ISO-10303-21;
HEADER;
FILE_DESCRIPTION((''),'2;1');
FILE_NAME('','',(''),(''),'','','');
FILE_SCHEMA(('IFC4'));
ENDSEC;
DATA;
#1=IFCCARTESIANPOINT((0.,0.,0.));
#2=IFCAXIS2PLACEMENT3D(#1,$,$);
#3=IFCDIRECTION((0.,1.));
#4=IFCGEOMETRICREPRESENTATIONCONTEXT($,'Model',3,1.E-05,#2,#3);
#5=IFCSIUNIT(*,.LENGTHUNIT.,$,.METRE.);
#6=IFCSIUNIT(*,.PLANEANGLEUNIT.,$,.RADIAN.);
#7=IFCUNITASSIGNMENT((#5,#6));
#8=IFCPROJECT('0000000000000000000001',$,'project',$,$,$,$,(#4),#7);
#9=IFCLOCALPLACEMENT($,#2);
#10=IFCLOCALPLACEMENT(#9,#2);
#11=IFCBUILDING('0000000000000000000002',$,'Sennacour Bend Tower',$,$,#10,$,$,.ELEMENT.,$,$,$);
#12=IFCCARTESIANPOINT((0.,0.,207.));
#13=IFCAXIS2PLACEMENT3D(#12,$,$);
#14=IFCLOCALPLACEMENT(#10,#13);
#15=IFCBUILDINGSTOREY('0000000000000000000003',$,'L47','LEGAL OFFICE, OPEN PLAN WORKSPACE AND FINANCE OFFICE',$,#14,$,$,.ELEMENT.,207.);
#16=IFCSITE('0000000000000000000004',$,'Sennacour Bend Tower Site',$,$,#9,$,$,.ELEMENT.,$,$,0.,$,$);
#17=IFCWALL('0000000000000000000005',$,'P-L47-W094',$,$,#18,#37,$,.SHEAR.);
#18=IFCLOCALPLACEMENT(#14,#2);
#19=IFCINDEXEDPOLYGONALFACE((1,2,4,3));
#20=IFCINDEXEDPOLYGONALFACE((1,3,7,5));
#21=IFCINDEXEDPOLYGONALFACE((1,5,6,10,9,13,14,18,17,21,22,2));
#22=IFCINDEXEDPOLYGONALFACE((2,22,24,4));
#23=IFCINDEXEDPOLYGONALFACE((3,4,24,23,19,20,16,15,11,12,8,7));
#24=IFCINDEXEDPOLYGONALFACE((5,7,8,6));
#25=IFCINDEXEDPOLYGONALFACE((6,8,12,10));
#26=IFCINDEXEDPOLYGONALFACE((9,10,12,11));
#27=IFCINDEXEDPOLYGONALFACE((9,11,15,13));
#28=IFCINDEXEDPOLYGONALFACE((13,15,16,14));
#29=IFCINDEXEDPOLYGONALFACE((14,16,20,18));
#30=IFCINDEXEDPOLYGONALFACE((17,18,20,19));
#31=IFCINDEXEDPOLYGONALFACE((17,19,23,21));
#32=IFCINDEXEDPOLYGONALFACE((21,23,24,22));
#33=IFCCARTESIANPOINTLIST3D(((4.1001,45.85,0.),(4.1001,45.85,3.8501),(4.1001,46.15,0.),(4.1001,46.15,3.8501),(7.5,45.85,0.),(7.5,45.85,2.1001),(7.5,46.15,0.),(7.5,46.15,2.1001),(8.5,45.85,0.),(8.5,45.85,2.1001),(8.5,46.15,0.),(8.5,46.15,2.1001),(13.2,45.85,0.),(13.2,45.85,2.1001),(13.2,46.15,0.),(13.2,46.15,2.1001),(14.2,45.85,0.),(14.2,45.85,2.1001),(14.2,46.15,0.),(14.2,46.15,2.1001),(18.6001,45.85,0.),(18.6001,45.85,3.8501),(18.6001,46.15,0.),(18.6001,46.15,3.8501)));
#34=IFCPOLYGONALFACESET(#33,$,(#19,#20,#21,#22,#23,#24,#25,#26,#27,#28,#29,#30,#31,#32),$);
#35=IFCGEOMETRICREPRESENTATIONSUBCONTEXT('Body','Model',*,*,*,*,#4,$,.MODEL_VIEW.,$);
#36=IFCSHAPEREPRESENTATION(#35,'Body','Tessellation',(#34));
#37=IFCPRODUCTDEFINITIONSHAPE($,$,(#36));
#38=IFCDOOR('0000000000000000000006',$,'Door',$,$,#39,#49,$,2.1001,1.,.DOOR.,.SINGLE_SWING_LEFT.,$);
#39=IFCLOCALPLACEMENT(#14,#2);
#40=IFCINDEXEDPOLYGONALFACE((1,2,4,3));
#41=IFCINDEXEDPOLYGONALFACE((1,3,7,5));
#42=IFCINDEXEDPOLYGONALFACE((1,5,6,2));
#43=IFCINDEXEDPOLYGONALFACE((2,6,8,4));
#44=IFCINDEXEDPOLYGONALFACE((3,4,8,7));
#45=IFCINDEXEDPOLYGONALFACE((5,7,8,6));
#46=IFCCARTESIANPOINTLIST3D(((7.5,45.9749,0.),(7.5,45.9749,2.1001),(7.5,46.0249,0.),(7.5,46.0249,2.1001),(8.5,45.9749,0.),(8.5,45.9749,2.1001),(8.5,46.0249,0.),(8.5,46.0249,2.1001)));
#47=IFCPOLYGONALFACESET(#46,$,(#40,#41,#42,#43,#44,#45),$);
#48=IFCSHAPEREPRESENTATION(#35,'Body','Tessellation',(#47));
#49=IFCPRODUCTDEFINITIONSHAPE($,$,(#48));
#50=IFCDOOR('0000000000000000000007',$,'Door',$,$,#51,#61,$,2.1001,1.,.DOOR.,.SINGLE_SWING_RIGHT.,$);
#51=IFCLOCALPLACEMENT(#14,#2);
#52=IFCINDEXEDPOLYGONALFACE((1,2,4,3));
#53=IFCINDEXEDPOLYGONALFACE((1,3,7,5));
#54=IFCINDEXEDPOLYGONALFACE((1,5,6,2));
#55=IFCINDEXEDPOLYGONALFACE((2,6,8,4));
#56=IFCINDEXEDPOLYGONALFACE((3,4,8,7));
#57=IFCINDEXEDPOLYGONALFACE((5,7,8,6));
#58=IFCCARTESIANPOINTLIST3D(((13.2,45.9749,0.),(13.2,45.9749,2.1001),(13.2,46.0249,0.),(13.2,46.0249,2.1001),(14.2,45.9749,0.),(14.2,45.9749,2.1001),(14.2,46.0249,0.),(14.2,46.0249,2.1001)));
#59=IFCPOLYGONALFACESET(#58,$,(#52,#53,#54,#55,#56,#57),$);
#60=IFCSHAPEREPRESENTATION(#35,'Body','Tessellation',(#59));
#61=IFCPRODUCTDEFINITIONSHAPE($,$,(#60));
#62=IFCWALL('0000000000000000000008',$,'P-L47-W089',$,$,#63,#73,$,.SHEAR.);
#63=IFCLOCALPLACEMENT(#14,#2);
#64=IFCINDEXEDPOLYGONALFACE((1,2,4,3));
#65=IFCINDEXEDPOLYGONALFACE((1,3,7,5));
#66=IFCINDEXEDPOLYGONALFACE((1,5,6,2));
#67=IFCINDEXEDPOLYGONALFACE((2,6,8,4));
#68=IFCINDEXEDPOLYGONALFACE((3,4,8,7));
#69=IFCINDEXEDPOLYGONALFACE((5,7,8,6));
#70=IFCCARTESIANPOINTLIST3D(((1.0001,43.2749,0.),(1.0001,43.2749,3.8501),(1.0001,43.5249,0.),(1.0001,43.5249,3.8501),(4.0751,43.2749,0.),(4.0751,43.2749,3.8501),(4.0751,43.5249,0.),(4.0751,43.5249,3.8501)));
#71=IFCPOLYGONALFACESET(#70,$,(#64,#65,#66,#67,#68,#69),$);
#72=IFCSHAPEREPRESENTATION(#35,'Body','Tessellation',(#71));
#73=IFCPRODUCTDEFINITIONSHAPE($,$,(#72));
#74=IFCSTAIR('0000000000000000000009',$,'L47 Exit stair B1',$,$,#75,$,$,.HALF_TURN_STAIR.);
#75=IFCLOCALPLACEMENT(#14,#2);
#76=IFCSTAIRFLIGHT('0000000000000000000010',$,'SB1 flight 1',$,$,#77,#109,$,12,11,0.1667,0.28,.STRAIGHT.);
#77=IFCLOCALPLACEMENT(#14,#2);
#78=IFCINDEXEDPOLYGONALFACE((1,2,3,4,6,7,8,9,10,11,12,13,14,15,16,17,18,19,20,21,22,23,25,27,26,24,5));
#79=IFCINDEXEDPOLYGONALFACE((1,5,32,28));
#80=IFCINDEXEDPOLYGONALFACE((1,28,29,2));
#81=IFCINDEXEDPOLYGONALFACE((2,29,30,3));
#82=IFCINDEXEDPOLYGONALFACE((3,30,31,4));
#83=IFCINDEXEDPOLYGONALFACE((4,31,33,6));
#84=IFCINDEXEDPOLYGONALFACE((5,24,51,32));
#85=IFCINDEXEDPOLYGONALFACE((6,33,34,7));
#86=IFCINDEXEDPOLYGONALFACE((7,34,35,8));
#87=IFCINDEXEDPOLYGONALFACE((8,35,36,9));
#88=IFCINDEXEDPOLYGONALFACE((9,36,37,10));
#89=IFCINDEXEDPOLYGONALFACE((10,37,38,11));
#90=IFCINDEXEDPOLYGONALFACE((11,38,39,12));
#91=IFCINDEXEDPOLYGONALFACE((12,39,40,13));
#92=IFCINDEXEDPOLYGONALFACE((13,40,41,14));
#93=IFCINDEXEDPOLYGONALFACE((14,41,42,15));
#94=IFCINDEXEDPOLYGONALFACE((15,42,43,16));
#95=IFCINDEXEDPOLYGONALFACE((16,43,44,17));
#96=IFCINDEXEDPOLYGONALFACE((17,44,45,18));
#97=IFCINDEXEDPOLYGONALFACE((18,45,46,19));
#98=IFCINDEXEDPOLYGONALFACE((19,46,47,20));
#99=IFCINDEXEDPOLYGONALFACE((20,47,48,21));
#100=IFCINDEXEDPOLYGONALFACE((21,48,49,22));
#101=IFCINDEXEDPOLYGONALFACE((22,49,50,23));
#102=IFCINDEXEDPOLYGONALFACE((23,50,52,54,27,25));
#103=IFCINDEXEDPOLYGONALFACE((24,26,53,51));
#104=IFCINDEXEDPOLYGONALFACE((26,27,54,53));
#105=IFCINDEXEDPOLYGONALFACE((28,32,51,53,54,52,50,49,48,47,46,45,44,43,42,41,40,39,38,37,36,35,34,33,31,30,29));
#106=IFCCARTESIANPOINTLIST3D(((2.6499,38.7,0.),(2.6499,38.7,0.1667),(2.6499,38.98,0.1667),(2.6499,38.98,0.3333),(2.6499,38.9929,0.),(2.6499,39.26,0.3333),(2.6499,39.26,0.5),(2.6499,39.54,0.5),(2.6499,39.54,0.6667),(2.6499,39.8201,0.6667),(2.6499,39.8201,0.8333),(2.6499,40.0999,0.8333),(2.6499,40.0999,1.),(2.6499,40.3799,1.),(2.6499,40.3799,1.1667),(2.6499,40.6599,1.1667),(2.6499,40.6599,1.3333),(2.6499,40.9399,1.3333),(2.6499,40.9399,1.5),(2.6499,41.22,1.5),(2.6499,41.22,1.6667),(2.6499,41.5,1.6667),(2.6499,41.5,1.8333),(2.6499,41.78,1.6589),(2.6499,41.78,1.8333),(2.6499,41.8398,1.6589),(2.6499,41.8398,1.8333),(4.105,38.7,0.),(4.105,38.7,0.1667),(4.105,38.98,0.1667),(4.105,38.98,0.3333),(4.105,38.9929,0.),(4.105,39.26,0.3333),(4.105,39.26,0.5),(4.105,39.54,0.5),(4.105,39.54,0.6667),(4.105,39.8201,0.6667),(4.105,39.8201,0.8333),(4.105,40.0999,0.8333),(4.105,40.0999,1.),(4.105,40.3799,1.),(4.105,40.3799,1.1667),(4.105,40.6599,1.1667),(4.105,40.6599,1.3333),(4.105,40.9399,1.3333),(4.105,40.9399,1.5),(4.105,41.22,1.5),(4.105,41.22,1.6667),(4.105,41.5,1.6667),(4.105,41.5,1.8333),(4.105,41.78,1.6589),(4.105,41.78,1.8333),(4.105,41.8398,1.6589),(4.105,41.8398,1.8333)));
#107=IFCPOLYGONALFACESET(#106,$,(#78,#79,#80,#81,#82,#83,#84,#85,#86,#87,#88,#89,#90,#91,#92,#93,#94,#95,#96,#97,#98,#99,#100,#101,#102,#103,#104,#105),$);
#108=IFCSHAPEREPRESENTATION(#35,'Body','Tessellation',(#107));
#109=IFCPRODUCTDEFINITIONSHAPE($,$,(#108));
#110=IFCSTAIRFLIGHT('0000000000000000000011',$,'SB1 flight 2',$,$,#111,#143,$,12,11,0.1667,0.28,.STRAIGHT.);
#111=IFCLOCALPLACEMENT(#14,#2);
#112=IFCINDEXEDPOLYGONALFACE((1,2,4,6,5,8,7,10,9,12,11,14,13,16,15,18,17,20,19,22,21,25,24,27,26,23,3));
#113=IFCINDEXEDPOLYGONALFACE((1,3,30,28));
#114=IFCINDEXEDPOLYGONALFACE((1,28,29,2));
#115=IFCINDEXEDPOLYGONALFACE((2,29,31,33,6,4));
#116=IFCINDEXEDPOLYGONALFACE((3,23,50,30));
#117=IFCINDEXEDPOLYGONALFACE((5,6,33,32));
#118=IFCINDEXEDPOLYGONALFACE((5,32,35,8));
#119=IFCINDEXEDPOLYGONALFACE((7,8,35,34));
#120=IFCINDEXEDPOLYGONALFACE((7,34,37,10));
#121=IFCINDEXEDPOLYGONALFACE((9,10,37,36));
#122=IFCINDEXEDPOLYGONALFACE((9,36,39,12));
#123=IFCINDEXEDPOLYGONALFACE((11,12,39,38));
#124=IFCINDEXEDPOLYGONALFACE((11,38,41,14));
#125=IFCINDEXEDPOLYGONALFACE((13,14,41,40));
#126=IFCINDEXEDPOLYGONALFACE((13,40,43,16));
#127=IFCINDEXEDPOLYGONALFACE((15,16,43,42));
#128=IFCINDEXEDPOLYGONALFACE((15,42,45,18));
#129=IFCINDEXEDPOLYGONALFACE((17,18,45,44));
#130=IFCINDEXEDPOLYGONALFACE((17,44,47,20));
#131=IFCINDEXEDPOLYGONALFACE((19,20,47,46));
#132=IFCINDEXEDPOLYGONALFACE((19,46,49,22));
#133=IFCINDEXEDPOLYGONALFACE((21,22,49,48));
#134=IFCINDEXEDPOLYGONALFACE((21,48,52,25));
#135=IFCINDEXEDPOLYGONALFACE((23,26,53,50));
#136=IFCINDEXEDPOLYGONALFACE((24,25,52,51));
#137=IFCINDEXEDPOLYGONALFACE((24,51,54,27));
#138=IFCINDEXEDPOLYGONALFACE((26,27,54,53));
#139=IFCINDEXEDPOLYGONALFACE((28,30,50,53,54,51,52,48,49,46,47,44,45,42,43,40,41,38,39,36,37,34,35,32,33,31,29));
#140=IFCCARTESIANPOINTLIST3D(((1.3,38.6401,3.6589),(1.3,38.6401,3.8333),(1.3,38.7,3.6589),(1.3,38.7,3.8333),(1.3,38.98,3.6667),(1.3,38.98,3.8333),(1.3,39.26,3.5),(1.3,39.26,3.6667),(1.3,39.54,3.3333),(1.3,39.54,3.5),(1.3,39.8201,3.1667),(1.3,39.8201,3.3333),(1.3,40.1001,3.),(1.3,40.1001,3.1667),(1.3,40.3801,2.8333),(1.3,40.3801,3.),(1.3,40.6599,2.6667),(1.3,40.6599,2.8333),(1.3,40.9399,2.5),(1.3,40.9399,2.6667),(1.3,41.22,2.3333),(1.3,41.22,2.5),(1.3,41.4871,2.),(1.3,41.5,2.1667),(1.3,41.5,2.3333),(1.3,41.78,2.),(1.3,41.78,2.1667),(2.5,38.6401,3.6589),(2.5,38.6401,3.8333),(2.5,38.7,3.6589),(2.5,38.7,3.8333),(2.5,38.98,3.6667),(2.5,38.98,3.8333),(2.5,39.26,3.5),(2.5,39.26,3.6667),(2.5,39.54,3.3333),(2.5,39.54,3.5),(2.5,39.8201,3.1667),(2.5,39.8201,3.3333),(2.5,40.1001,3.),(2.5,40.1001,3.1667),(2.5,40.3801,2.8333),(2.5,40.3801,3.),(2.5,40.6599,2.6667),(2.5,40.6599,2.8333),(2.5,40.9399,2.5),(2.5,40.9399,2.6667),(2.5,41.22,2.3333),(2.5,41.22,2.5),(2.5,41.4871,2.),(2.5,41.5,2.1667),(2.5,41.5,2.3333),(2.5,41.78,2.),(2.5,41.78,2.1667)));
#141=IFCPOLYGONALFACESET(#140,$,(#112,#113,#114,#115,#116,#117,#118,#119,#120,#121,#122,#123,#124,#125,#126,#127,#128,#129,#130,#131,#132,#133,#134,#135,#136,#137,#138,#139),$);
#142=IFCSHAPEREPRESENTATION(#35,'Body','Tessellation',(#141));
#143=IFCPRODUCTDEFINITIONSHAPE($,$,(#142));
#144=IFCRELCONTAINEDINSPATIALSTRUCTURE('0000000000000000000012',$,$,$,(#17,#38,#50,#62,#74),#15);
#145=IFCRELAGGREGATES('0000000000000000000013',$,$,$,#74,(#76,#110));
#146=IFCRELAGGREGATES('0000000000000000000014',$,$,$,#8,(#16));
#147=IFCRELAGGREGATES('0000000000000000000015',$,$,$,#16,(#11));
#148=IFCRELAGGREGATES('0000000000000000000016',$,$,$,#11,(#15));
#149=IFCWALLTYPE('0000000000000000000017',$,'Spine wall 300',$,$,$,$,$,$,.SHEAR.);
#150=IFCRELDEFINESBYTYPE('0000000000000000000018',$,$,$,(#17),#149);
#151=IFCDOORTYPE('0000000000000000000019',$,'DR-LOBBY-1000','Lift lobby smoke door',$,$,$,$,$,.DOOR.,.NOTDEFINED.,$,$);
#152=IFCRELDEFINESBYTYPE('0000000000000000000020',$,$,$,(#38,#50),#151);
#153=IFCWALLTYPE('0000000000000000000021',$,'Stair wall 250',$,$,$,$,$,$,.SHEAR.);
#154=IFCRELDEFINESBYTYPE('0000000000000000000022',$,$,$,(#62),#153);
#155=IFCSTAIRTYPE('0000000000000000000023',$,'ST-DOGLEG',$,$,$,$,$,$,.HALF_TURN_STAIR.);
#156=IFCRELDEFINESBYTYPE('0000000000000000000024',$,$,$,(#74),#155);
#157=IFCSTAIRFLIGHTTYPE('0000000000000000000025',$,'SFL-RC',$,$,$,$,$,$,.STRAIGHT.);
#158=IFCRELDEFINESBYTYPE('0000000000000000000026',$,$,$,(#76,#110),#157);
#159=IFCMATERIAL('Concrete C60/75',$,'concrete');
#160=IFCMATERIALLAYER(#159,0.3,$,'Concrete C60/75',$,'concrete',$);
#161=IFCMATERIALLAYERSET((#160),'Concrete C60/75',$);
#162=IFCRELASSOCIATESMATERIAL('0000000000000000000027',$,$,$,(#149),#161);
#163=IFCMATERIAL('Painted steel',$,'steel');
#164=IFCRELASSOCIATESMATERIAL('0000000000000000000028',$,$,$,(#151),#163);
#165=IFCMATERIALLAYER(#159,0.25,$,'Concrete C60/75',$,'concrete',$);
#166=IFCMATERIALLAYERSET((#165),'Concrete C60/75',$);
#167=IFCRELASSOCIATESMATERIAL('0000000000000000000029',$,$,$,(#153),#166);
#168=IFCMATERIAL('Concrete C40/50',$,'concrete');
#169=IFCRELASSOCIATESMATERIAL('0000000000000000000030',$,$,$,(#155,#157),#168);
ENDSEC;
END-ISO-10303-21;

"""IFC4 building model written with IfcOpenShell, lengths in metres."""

from ifc_helpers import new_model, si_unit, direction, frame, frame_2d, origin, place, context, subcontext, project, spatial, polyline, rectangle, outline, extrude, material, layer, layer_set, type_object, element, fill, aggregate, save


model = new_model("IFC4")

# Units and contexts
model_context = context("Model", 3, precision=1e-05, world=origin(), true_north=direction((0.0, 1.0)))
body_context = subcontext(model_context, "Body", "Model", "MODEL_VIEW")
ifc_project = project(units=[si_unit("LENGTHUNIT", "METRE"), si_unit("PLANEANGLEUNIT", "RADIAN")], contexts=[model_context])

# Site, building, storey
site_placement = place(None, origin())
site = spatial("IfcSite", under=ifc_project, at=site_placement, Name="Sennacour Bend Tower Site", CompositionType="ELEMENT", RefElevation=0.0)
building_placement = place(site_placement, origin())
building = spatial("IfcBuilding", under=site, at=building_placement, Name="Sennacour Bend Tower", CompositionType="ELEMENT")
storey_placement = place(building_placement, frame((0.0, 0.0, 207.0)))
storey = spatial("IfcBuildingStorey", under=building, at=storey_placement, Name="L47", Description="LEGAL OFFICE, OPEN PLAN WORKSPACE AND FINANCE OFFICE", CompositionType="ELEMENT", Elevation=207.0)

# Shared definitions
ifc_material_1 = material(Name="Concrete C60/75", Category="concrete")

# Shared definitions
ifc_material_2 = material(Name="Painted steel", Category="steel")

# Wall, openings, doors
ifc_layer_1 = layer(ifc_material_1, 0.3, Name="Concrete C60/75", Category="concrete")
ifc_layer_set_1 = layer_set([ifc_layer_1], Name="Concrete C60/75")
wall_type_1 = type_object("IfcWallType", Name="Spine wall 300", PredefinedType="SHEAR", material=ifc_layer_set_1)
wall_1_placement = place(storey_placement, frame((4.1001, 46.0, 0.0), z_axis=(0.0, 0.0, 1.0), x_axis=(1.0, 0.0, 0.0)))
wall_1 = element("IfcWall", 1, at=wall_1_placement, inside=storey, type_object=wall_type_1, Name="P-L47-W094", PredefinedType="SHEAR", context=body_context, shape_type="SweptSolid", body=[
    extrude(rectangle(XDim=14.5, YDim=0.3, at=frame_2d((7.25, 0.0))), origin(), (0.0, 0.0, 1.0), 3.8501),
])
opening_1_placement = place(wall_1_placement, frame((3.3999, 0.0, 0.0)))
opening_1 = element("IfcOpeningElement", 2, at=opening_1_placement, cuts=wall_1, PredefinedType="OPENING", context=body_context, shape_type="SweptSolid", body=[
    extrude(rectangle(XDim=1.0, YDim=2.1001, at=frame_2d((0.5, 1.05))), frame((0.0, 0.1602, 0.0), z_axis=(0.0, -1.0, 0.0), x_axis=(1.0, 0.0, 0.0)), (0.0, 0.0, 1.0), 0.3201),
])
opening_2_placement = place(wall_1_placement, frame((9.0999, 0.0, 0.0)))
opening_2 = element("IfcOpeningElement", 3, at=opening_2_placement, cuts=wall_1, PredefinedType="OPENING", context=body_context, shape_type="SweptSolid", body=[
    extrude(rectangle(XDim=1.0, YDim=2.1001, at=frame_2d((0.5, 1.05))), frame((0.0, 0.1602, 0.0), z_axis=(0.0, -1.0, 0.0), x_axis=(1.0, 0.0, 0.0)), (0.0, 0.0, 1.0), 0.3201),
])
door_type_1 = type_object("IfcDoorType", Name="DR-LOBBY-1000", Description="Lift lobby smoke door", OperationType="NOTDEFINED", PredefinedType="DOOR", material=ifc_material_2)
door_1_placement = place(opening_1_placement, origin())
door_1 = element("IfcDoor", 4, at=door_1_placement, inside=storey, type_object=door_type_1, Name="Door", OperationType="SINGLE_SWING_LEFT", OverallHeight=2.1001, OverallWidth=1.0, PredefinedType="DOOR", context=body_context, shape_type="SweptSolid", body=[
    extrude(rectangle(XDim=1.0, YDim=2.1001, at=frame_2d((0.5, 1.05))), frame((0.0, 0.0249, 0.0), z_axis=(0.0, -1.0, 0.0), x_axis=(1.0, 0.0, 0.0)), (0.0, 0.0, 1.0), 0.05),
])
fill(opening_1, door_1)
door_2_placement = place(opening_2_placement, origin())
door_2 = element("IfcDoor", 5, at=door_2_placement, inside=storey, type_object=door_type_1, Name="Door", OperationType="SINGLE_SWING_RIGHT", OverallHeight=2.1001, OverallWidth=1.0, PredefinedType="DOOR", context=body_context, shape_type="SweptSolid", body=[
    extrude(rectangle(XDim=1.0, YDim=2.1001, at=frame_2d((0.5, 1.05))), frame((0.0, 0.0249, 0.0), z_axis=(0.0, -1.0, 0.0), x_axis=(1.0, 0.0, 0.0)), (0.0, 0.0, 1.0), 0.05),
])
fill(opening_2, door_2)

# Wall
ifc_layer_2 = layer(ifc_material_1, 0.25, Name="Concrete C60/75", Category="concrete")
ifc_layer_set_2 = layer_set([ifc_layer_2], Name="Concrete C60/75")
wall_type_2 = type_object("IfcWallType", Name="Stair wall 250", PredefinedType="SHEAR", material=ifc_layer_set_2)
wall_2_placement = place(storey_placement, frame((1.0, 43.3999, 0.0), z_axis=(0.0, 0.0, 1.0), x_axis=(1.0, 0.0, 0.0)))
element("IfcWall", 6, at=wall_2_placement, inside=storey, type_object=wall_type_2, Name="P-L47-W089", PredefinedType="SHEAR", context=body_context, shape_type="SweptSolid", body=[
    extrude(rectangle(XDim=3.075, YDim=0.25, at=frame_2d((1.5376, 0.0))), origin(), (0.0, 0.0, 1.0), 3.8501),
])

# Stair, stair flights
ifc_material_3 = material(Name="Concrete C40/50", Category="concrete")
stair_type = type_object("IfcStairType", Name="ST-DOGLEG", PredefinedType="HALF_TURN_STAIR", material=ifc_material_3)
stair_placement = place(storey_placement, origin())
stair = element("IfcStair", 7, at=stair_placement, inside=storey, type_object=stair_type, Name="L47 Exit stair B1", PredefinedType="HALF_TURN_STAIR")
stair_flight_type = type_object("IfcStairFlightType", Name="SFL-RC", PredefinedType="STRAIGHT", material=ifc_material_3)
stair_flight_1_placement = place(storey_placement, frame((3.3774, 38.7, 0.0), z_axis=(0.0, 0.0, 1.0), x_axis=(0.0, 1.0, 0.0)))
stair_flight_1 = element("IfcStairFlight", 8, at=stair_flight_1_placement, type_object=stair_flight_type, Name="SB1 flight 1", NumberOfRisers=12, NumberOfTreads=11, PredefinedType="STRAIGHT", RiserHeight=0.1667, TreadLength=0.28, context=body_context, shape_type="SweptSolid", body=[
    extrude(outline(polyline([(0.0, 0.0), (0.0, 0.1667), (0.28, 0.1667), (0.28, 0.3333), (0.5601, 0.3333), (0.5601, 0.5), (0.8401, 0.5), (0.8401, 0.6667), (1.1201, 0.6667), (1.1201, 0.8333), (1.3999, 0.8333), (1.3999, 1.0), (1.6799, 1.0), (1.6799, 1.1667), (1.96, 1.1667), (1.96, 1.3333), (2.24, 1.3333), (2.24, 1.5), (2.52, 1.5), (2.52, 1.6667), (2.8, 1.6667), (2.8, 1.8333), (3.0801, 1.8333), (3.1399, 1.8333), (3.1399, 1.6589), (3.0801, 1.6589), (0.293, 0.0), (0.0, 0.0)])), frame((0.0, 0.7275, 0.0), z_axis=(0.0, -1.0, 0.0), x_axis=(1.0, 0.0, 0.0)), (0.0, 0.0, 1.0), 1.4551),
])
stair_flight_2_placement = place(storey_placement, frame((1.8999, 41.78, 2.0), z_axis=(0.0, 0.0, 1.0), x_axis=(0.0, -1.0, 0.0)))
stair_flight_2 = element("IfcStairFlight", 9, at=stair_flight_2_placement, type_object=stair_flight_type, Name="SB1 flight 2", NumberOfRisers=12, NumberOfTreads=11, PredefinedType="STRAIGHT", RiserHeight=0.1667, TreadLength=0.28, context=body_context, shape_type="SweptSolid", body=[
    extrude(outline(polyline([(0.0, 0.0), (0.0, 0.1667), (0.28, 0.1667), (0.28, 0.3333), (0.5601, 0.3333), (0.5601, 0.5), (0.8401, 0.5), (0.8401, 0.6667), (1.1201, 0.6667), (1.1201, 0.8333), (1.3999, 0.8333), (1.3999, 1.0), (1.6799, 1.0), (1.6799, 1.1667), (1.96, 1.1667), (1.96, 1.3333), (2.24, 1.3333), (2.24, 1.5), (2.52, 1.5), (2.52, 1.6667), (2.8, 1.6667), (2.8, 1.8333), (3.0801, 1.8333), (3.1399, 1.8333), (3.1399, 1.6589), (3.0801, 1.6589), (0.293, 0.0), (0.0, 0.0)])), frame((0.0, 0.6001, 0.0), z_axis=(0.0, -1.0, 0.0), x_axis=(1.0, 0.0, 0.0)), (0.0, 0.0, 1.0), 1.2),
])
aggregate(stair, [stair_flight_1, stair_flight_2])

save(model, "model.ifc")
